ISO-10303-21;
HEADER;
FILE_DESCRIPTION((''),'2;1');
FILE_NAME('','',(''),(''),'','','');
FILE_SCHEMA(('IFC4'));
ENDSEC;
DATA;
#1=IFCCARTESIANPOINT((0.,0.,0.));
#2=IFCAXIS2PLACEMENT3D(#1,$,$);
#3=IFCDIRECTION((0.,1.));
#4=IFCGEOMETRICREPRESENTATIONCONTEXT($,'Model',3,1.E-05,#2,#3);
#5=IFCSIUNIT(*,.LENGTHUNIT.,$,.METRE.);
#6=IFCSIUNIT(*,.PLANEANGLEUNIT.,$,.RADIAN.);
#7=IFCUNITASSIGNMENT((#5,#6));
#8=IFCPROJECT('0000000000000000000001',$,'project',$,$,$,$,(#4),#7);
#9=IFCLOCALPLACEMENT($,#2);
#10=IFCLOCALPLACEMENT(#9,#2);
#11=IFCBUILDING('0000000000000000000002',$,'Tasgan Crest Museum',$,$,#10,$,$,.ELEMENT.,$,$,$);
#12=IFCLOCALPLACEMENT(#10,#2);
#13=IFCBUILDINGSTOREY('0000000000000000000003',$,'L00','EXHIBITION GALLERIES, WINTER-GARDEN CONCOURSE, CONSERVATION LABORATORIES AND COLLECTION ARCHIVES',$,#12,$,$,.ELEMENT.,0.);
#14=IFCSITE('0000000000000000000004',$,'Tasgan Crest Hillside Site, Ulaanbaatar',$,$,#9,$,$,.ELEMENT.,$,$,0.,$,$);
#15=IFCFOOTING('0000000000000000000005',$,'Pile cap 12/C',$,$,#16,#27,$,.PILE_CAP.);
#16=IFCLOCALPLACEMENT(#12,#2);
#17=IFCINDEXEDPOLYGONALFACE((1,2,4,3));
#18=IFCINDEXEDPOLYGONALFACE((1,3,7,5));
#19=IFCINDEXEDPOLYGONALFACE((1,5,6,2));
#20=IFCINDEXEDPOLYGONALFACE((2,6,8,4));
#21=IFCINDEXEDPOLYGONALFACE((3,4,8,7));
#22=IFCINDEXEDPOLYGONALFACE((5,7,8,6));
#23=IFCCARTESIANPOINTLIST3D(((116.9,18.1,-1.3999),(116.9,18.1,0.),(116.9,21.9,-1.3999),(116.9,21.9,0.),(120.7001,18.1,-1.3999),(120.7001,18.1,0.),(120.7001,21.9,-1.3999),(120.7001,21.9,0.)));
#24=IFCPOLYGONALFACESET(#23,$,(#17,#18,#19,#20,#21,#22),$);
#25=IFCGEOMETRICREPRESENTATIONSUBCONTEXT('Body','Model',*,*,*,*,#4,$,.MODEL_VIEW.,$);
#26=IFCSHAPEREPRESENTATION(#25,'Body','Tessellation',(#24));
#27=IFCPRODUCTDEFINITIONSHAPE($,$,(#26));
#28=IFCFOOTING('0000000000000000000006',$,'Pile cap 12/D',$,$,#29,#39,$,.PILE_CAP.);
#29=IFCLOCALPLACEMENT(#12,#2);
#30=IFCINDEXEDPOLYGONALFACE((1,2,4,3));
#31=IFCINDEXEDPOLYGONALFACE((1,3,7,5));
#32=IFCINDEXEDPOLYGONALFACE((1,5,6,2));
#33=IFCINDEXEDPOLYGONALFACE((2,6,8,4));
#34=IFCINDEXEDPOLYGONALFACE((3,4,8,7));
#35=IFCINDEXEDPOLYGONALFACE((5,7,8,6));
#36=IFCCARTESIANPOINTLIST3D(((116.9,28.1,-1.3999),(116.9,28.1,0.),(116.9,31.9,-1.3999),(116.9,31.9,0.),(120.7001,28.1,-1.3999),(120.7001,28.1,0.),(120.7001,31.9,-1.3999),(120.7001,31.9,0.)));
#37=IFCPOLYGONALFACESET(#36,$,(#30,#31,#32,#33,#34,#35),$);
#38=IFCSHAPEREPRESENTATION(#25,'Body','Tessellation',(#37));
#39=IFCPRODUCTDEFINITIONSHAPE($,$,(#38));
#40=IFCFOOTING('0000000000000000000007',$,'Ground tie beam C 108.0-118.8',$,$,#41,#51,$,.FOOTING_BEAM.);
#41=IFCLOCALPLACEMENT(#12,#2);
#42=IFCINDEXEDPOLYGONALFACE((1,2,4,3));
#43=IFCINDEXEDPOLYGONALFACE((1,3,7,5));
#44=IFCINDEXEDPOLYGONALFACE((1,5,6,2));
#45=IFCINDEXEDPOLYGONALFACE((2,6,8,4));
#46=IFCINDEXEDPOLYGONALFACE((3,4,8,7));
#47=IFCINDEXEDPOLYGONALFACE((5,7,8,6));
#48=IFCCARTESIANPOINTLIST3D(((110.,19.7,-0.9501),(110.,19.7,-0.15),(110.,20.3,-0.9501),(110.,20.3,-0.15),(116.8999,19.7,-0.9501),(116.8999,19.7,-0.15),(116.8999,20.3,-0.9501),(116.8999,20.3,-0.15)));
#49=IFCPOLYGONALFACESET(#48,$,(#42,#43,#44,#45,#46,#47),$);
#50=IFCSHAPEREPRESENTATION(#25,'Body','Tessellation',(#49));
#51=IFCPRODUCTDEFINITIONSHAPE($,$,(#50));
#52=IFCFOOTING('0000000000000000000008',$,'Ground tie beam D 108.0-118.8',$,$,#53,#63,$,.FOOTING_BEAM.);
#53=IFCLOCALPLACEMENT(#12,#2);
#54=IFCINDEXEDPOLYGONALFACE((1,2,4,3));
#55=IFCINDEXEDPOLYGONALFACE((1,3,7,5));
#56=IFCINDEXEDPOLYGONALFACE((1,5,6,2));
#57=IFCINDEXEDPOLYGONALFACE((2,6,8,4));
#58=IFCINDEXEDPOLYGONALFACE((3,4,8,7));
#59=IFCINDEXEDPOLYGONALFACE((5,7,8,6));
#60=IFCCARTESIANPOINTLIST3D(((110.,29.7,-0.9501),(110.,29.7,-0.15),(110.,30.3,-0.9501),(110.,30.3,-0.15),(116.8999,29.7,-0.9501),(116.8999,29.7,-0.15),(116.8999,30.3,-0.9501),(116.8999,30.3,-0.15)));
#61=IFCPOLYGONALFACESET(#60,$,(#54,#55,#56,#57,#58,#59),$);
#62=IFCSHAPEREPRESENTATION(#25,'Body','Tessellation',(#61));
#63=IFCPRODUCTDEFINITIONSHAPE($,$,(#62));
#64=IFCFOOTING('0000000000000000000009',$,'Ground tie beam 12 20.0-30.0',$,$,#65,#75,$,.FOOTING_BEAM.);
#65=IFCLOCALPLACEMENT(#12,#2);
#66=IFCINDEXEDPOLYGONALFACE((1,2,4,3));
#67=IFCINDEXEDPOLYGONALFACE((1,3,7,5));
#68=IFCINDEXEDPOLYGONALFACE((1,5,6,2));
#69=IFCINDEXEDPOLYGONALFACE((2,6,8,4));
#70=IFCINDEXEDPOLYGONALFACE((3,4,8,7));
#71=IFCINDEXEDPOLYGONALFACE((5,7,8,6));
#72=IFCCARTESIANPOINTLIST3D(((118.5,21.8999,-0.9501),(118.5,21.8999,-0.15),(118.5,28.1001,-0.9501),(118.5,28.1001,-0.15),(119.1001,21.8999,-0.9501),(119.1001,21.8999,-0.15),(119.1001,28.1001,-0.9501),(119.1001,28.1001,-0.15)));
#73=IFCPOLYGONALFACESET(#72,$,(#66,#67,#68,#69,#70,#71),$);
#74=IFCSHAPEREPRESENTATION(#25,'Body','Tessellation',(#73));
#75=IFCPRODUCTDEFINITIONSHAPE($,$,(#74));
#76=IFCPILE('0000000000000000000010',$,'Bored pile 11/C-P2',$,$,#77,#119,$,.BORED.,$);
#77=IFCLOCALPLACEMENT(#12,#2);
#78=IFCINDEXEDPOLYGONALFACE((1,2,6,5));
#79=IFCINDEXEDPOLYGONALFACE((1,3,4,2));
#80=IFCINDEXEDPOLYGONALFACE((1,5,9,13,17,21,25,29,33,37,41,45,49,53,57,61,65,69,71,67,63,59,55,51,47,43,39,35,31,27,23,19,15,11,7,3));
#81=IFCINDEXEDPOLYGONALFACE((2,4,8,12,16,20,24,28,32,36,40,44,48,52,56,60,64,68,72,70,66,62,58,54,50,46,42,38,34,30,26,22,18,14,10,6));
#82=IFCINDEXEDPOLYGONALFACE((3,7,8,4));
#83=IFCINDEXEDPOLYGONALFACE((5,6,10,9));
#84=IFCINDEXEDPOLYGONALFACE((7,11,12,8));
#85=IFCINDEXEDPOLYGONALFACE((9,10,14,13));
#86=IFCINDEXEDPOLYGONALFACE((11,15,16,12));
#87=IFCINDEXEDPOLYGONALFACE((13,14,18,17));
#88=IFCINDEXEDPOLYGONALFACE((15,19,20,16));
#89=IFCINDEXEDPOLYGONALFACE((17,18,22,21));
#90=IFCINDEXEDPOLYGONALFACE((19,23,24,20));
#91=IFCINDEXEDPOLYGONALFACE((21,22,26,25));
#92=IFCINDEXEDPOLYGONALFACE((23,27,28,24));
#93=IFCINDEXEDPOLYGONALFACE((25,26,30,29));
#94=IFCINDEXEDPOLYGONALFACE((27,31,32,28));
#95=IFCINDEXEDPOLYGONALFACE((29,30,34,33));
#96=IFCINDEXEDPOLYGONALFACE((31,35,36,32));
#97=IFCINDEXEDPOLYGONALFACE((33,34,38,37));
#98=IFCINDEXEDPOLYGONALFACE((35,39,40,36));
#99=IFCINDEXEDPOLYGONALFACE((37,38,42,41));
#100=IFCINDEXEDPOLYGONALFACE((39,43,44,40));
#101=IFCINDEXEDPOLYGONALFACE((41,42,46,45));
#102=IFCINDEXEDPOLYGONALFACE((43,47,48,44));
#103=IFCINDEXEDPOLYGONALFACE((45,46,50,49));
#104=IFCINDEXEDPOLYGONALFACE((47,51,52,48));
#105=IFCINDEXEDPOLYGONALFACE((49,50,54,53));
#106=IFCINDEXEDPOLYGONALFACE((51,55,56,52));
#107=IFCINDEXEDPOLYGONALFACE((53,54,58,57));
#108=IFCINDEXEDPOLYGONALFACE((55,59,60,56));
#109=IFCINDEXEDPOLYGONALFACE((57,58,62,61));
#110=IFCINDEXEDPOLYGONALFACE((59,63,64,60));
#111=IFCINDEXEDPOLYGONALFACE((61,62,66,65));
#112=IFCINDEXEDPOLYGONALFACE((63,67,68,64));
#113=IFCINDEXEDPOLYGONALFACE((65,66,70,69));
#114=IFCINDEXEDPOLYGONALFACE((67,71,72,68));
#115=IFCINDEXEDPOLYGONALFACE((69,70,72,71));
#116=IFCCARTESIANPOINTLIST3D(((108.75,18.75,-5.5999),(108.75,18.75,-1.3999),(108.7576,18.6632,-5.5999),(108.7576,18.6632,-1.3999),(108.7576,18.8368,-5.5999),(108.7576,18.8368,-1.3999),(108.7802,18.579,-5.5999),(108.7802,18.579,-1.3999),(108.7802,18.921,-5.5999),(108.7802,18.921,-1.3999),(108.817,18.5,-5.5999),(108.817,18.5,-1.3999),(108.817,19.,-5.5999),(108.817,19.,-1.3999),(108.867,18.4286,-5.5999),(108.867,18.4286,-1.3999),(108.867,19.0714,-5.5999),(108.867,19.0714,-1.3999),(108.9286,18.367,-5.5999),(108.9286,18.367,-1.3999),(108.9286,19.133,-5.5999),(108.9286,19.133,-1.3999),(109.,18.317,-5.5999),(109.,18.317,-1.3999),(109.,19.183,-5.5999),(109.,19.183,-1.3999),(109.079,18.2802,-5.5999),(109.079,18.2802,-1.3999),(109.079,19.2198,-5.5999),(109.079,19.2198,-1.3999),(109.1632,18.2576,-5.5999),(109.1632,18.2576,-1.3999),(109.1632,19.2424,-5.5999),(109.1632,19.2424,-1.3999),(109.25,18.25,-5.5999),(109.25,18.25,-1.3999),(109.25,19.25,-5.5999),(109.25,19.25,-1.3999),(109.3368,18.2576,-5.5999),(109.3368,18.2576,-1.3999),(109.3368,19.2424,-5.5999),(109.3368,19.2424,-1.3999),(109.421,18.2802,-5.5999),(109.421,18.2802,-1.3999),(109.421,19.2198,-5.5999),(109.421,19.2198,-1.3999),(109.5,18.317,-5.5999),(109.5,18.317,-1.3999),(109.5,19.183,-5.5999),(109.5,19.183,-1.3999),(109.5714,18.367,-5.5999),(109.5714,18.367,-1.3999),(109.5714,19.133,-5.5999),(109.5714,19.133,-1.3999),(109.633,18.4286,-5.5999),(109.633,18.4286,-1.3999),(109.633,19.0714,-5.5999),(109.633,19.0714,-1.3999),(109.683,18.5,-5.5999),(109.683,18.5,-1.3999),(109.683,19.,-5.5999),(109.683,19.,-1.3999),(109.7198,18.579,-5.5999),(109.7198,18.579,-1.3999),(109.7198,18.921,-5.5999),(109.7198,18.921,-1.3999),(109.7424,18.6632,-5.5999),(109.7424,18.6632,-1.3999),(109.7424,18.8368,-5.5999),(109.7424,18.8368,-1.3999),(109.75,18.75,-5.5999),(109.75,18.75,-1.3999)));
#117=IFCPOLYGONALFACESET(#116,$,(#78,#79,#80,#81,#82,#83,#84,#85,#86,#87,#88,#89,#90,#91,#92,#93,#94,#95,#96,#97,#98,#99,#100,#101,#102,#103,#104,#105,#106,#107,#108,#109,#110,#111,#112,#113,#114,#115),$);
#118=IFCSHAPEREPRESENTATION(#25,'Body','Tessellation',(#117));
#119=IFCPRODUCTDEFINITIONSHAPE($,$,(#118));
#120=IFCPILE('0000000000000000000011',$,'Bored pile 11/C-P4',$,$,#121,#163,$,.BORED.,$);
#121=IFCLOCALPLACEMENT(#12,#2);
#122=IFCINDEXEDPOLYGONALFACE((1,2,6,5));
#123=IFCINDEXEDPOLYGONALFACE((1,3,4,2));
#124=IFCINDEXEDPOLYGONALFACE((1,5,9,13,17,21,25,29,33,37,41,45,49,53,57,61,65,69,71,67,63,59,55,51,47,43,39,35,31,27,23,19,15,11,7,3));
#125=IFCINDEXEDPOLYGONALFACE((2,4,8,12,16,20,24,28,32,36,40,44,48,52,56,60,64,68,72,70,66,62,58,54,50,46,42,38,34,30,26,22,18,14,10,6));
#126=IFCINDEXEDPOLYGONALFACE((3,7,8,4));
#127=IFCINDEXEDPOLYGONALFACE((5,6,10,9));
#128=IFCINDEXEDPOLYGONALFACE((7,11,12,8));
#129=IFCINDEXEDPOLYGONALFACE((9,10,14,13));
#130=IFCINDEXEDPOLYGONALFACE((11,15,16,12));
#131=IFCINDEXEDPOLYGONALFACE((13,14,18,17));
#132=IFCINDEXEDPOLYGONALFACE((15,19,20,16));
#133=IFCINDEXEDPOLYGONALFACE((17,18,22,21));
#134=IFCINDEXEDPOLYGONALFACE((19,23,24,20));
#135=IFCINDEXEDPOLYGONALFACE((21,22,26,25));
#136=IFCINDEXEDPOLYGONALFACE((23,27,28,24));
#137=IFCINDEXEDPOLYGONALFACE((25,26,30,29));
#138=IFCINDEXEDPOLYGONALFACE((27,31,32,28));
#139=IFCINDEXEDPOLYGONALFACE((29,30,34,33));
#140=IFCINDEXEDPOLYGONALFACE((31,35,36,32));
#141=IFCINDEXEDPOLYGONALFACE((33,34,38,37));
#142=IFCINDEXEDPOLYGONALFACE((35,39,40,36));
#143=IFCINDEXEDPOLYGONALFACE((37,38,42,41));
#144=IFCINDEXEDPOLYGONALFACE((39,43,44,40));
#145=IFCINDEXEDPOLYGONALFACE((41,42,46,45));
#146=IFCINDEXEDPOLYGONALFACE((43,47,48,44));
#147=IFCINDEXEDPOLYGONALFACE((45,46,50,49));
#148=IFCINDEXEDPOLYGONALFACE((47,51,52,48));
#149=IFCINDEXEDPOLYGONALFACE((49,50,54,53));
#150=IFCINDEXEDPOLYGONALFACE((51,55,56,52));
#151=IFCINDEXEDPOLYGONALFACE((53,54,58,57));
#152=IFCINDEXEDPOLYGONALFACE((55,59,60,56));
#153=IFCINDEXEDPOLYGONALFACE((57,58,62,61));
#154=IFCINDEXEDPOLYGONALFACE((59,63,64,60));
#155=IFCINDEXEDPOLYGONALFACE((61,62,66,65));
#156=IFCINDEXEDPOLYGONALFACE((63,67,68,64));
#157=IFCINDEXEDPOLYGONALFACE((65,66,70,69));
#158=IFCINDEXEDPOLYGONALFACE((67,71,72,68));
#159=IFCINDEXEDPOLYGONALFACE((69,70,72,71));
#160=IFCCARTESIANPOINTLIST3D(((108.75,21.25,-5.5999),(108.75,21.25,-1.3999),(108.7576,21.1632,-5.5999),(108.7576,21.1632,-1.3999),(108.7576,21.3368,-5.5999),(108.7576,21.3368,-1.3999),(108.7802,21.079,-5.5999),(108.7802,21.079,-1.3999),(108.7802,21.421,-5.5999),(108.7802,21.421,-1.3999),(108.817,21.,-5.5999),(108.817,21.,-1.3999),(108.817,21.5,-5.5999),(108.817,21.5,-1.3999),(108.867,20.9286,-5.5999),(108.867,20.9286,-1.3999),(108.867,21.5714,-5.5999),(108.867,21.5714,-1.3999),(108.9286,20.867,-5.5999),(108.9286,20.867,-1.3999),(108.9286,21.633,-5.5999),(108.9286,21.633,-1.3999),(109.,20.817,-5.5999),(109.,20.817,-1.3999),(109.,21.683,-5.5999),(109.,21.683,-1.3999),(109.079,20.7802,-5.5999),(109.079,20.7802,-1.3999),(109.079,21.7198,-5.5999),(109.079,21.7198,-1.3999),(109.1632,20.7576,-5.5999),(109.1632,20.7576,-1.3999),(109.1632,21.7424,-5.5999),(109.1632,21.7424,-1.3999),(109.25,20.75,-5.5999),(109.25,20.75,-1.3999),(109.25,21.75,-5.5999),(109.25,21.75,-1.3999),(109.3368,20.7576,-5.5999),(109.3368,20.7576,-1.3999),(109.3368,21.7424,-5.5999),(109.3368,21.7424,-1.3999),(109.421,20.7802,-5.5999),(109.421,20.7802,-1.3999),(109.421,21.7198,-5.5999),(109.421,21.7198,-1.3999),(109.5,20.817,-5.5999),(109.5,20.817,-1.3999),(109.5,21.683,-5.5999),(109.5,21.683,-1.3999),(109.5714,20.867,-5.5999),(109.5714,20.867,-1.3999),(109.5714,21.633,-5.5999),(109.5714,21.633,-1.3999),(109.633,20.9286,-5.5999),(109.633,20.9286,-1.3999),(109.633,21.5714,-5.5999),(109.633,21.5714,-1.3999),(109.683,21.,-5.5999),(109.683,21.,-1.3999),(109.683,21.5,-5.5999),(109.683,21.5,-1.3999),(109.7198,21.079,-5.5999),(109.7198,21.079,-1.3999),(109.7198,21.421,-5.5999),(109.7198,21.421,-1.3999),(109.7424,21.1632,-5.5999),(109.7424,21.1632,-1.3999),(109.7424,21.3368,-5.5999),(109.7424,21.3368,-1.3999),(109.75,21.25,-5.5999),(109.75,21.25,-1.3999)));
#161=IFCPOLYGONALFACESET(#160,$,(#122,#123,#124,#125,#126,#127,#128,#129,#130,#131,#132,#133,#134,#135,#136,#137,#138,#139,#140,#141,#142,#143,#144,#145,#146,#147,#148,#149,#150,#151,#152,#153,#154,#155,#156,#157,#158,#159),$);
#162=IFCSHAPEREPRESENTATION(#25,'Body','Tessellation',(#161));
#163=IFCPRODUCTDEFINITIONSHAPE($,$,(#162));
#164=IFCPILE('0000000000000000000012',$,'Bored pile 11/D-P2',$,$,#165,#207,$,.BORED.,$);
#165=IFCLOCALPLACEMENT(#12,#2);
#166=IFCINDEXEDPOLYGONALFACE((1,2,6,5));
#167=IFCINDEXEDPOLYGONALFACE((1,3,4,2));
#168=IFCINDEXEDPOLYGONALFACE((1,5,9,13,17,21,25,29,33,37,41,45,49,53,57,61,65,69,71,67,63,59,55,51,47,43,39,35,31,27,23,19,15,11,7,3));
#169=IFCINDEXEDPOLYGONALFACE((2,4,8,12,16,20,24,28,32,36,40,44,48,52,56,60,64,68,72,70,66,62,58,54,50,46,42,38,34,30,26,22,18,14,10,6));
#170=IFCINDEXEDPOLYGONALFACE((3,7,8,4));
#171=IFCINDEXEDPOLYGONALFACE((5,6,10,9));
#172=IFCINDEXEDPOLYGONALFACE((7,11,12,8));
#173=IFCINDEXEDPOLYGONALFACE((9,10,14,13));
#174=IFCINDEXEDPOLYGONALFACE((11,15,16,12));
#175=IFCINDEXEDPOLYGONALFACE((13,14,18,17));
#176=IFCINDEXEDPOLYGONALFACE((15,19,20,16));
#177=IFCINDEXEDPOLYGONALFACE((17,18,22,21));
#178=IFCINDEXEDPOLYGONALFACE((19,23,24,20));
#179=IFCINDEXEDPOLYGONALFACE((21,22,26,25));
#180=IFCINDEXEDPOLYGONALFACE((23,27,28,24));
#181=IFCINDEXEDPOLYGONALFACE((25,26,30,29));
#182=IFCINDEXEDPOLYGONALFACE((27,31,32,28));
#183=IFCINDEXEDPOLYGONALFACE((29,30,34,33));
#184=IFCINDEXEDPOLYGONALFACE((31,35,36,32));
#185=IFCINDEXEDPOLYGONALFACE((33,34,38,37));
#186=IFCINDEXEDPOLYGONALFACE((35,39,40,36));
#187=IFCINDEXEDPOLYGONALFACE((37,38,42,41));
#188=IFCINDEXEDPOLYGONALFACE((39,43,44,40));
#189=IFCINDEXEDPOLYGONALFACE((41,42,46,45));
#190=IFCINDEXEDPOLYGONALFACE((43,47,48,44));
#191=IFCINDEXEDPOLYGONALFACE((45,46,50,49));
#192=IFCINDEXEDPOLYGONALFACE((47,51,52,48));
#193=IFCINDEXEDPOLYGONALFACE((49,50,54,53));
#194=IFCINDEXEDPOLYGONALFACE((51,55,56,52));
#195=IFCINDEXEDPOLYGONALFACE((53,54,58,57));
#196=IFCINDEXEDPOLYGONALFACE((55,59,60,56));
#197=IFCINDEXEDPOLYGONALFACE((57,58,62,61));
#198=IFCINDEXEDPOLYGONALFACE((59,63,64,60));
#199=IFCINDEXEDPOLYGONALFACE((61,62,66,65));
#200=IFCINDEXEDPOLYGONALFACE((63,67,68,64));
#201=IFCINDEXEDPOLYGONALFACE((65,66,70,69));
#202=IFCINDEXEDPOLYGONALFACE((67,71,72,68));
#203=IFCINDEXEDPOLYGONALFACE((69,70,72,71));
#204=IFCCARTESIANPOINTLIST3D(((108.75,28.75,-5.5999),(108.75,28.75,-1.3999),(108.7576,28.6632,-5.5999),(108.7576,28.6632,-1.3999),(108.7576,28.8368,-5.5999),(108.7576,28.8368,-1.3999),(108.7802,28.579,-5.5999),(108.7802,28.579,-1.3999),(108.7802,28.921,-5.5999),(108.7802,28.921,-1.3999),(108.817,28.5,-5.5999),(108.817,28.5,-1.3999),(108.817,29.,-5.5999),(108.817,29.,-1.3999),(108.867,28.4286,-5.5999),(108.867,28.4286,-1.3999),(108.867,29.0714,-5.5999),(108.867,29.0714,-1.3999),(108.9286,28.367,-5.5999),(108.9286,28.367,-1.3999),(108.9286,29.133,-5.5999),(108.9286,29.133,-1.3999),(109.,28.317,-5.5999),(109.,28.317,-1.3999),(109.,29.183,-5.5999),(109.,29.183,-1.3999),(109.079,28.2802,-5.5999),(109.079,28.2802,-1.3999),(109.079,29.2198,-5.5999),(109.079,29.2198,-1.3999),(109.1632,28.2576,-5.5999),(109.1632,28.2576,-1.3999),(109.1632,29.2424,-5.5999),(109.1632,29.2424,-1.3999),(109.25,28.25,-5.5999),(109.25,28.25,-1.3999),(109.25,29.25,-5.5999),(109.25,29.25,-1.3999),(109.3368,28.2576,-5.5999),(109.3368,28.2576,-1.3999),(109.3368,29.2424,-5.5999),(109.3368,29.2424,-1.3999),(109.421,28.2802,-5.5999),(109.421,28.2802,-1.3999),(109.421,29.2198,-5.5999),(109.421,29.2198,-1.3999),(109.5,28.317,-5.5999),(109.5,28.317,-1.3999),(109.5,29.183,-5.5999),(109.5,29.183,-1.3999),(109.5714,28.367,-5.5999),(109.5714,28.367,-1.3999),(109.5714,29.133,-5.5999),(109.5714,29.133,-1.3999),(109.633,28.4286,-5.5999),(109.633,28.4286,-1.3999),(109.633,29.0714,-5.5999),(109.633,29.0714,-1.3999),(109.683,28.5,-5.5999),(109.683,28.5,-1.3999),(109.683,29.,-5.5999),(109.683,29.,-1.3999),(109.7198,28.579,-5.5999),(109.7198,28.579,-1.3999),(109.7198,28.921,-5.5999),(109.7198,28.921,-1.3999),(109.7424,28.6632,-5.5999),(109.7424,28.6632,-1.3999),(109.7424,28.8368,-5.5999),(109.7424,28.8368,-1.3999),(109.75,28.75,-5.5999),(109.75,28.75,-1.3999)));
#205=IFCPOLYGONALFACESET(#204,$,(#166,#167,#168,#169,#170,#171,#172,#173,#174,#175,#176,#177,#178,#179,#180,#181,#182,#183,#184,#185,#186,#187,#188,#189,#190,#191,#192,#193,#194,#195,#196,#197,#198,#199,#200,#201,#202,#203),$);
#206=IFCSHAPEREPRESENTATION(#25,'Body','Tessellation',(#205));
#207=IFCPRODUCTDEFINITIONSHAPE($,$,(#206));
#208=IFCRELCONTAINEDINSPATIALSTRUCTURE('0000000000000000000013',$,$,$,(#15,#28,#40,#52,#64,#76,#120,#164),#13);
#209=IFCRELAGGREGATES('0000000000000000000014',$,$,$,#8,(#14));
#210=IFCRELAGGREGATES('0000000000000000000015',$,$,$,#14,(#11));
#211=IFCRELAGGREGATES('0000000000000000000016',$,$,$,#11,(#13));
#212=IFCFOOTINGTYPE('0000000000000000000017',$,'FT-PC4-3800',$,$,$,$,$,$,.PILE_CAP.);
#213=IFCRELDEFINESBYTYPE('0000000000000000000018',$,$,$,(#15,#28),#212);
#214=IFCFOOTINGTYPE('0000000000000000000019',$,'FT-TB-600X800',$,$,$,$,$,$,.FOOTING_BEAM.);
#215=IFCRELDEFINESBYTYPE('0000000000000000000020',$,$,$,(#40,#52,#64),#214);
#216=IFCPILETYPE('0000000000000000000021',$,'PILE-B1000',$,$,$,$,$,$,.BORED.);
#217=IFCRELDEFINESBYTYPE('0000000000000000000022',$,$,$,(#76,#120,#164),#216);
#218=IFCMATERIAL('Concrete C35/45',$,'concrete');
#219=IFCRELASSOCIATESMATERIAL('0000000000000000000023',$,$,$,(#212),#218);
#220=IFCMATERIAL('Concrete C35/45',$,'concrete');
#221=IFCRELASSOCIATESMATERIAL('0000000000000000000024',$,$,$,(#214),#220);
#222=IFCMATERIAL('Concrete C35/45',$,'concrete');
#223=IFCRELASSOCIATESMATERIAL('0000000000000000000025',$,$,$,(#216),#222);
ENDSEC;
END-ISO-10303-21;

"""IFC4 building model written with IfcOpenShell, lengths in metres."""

from ifc_helpers import new_model, si_unit, direction, frame, origin, origin_2d, place, context, subcontext, project, spatial, rectangle, circle, extrude, material, material_profile, profile_set, type_object, element, save


model = new_model("IFC4")

# Units and contexts
model_context = context("Model", 3, precision=1e-05, world=origin(), true_north=direction((0.0, 1.0)))
body_context = subcontext(model_context, "Body", "Model", "MODEL_VIEW")
ifc_project = project(units=[si_unit("LENGTHUNIT", "METRE"), si_unit("PLANEANGLEUNIT", "RADIAN")], contexts=[model_context])

# Site, building, storey
site_placement = place(None, origin())
site = spatial("IfcSite", under=ifc_project, at=site_placement, Name="Tasgan Crest Hillside Site, Ulaanbaatar", CompositionType="ELEMENT", RefElevation=0.0)
building_placement = place(site_placement, origin())
building = spatial("IfcBuilding", under=site, at=building_placement, Name="Tasgan Crest Museum", CompositionType="ELEMENT")
storey_placement = place(building_placement, origin())
storey = spatial("IfcBuildingStorey", under=building, at=storey_placement, Name="L00", Description="EXHIBITION GALLERIES, WINTER-GARDEN CONCOURSE, CONSERVATION LABORATORIES AND COLLECTION ARCHIVES", CompositionType="ELEMENT", Elevation=0.0)

# Footings
ifc_material_1 = material(Name="Concrete C35/45", Category="concrete")
footing_type_1 = type_object("IfcFootingType", Name="FT-PC4-3800", PredefinedType="PILE_CAP", material=ifc_material_1)
for number, where, z_axis, x_axis, name in (
    (1, (118.8, 20.0, -1.3999), (0.0, 0.0, 1.0), (1.0, 0.0, 0.0), "Pile cap 12/C"),
    (2, (118.8, 30.0, -1.3999), (0.0, 0.0, 1.0), (1.0, 0.0, 0.0), "Pile cap 12/D"),
):
    element("IfcFooting", number, at=place(storey_placement, frame(where, z_axis=z_axis, x_axis=x_axis)), inside=storey, type_object=footing_type_1, Name=name, PredefinedType="PILE_CAP", context=body_context, shape_type="SweptSolid", body=[
        extrude(rectangle(XDim=3.8, YDim=3.8, at=origin_2d()), origin(), (0.0, 0.0, 1.0), 1.3999),
    ])
ifc_material_2 = material(Name="Concrete C35/45", Category="concrete")
ifc_material_profile_1 = material_profile(ifc_material_2, rectangle(XDim=0.6001, YDim=0.8, at=origin_2d()), Name="TB 600x800")
ifc_profile_set_1 = profile_set([ifc_material_profile_1], Name="Concrete C35/45")
footing_type_2 = type_object("IfcFootingType", Name="FT-TB-600X800", PredefinedType="FOOTING_BEAM", material=ifc_profile_set_1)
for number, where, z_axis, x_axis, name in (
    (3, (110.0, 20.0, -0.55), (1.0, 0.0, 0.0), (0.0, 1.0, 0.0), "Ground tie beam C 108.0-118.8"),
    (4, (110.0, 30.0, -0.55), (1.0, 0.0, 0.0), (0.0, 1.0, 0.0), "Ground tie beam D 108.0-118.8"),
):
    element("IfcFooting", number, at=place(storey_placement, frame(where, z_axis=z_axis, x_axis=x_axis)), inside=storey, type_object=footing_type_2, Name=name, PredefinedType="FOOTING_BEAM", context=body_context, shape_type="SweptSolid", body=[
        extrude(rectangle(XDim=0.6001, YDim=0.8, at=origin_2d()), origin(), (0.0, 0.0, 1.0), 6.8999),
    ])
footing_placement = place(storey_placement, frame((118.8, 21.8999, -0.55), z_axis=(0.0, 1.0, 0.0), x_axis=(-1.0, 0.0, 0.0)))
element("IfcFooting", 5, at=footing_placement, inside=storey, type_object=footing_type_2, Name="Ground tie beam 12 20.0-30.0", PredefinedType="FOOTING_BEAM", context=body_context, shape_type="SweptSolid", body=[
    extrude(rectangle(XDim=0.6001, YDim=0.8, at=origin_2d()), origin(), (0.0, 0.0, 1.0), 6.2002),
])

# Piles
ifc_material_3 = material(Name="Concrete C35/45", Category="concrete")
ifc_material_profile_2 = material_profile(ifc_material_3, circle(Radius=0.5, at=origin_2d()), Name="PILE D1000")
ifc_profile_set_2 = profile_set([ifc_material_profile_2], Name="Concrete C35/45")
pile_type_1 = type_object("IfcPileType", Name="PILE-B1000", PredefinedType="BORED", material=ifc_profile_set_2)
for number, where, z_axis, x_axis, name in (
    (6, (109.25, 18.75, -1.3999), (0.0, 0.0, -1.0), (1.0, 0.0, 0.0), "Bored pile 11/C-P2"),
    (7, (109.25, 21.25, -1.3999), (0.0, 0.0, -1.0), (1.0, 0.0, 0.0), "Bored pile 11/C-P4"),
    (8, (109.25, 28.75, -1.3999), (0.0, 0.0, -1.0), (1.0, 0.0, 0.0), "Bored pile 11/D-P2"),
):
    element("IfcPile", number, at=place(storey_placement, frame(where, z_axis=z_axis, x_axis=x_axis)), inside=storey, type_object=pile_type_1, Name=name, PredefinedType="BORED", context=body_context, shape_type="SweptSolid", body=[
        extrude(circle(Radius=0.5, at=origin_2d()), origin(), (0.0, 0.0, 1.0), 4.2),
    ])

save(model, "model.ifc")
